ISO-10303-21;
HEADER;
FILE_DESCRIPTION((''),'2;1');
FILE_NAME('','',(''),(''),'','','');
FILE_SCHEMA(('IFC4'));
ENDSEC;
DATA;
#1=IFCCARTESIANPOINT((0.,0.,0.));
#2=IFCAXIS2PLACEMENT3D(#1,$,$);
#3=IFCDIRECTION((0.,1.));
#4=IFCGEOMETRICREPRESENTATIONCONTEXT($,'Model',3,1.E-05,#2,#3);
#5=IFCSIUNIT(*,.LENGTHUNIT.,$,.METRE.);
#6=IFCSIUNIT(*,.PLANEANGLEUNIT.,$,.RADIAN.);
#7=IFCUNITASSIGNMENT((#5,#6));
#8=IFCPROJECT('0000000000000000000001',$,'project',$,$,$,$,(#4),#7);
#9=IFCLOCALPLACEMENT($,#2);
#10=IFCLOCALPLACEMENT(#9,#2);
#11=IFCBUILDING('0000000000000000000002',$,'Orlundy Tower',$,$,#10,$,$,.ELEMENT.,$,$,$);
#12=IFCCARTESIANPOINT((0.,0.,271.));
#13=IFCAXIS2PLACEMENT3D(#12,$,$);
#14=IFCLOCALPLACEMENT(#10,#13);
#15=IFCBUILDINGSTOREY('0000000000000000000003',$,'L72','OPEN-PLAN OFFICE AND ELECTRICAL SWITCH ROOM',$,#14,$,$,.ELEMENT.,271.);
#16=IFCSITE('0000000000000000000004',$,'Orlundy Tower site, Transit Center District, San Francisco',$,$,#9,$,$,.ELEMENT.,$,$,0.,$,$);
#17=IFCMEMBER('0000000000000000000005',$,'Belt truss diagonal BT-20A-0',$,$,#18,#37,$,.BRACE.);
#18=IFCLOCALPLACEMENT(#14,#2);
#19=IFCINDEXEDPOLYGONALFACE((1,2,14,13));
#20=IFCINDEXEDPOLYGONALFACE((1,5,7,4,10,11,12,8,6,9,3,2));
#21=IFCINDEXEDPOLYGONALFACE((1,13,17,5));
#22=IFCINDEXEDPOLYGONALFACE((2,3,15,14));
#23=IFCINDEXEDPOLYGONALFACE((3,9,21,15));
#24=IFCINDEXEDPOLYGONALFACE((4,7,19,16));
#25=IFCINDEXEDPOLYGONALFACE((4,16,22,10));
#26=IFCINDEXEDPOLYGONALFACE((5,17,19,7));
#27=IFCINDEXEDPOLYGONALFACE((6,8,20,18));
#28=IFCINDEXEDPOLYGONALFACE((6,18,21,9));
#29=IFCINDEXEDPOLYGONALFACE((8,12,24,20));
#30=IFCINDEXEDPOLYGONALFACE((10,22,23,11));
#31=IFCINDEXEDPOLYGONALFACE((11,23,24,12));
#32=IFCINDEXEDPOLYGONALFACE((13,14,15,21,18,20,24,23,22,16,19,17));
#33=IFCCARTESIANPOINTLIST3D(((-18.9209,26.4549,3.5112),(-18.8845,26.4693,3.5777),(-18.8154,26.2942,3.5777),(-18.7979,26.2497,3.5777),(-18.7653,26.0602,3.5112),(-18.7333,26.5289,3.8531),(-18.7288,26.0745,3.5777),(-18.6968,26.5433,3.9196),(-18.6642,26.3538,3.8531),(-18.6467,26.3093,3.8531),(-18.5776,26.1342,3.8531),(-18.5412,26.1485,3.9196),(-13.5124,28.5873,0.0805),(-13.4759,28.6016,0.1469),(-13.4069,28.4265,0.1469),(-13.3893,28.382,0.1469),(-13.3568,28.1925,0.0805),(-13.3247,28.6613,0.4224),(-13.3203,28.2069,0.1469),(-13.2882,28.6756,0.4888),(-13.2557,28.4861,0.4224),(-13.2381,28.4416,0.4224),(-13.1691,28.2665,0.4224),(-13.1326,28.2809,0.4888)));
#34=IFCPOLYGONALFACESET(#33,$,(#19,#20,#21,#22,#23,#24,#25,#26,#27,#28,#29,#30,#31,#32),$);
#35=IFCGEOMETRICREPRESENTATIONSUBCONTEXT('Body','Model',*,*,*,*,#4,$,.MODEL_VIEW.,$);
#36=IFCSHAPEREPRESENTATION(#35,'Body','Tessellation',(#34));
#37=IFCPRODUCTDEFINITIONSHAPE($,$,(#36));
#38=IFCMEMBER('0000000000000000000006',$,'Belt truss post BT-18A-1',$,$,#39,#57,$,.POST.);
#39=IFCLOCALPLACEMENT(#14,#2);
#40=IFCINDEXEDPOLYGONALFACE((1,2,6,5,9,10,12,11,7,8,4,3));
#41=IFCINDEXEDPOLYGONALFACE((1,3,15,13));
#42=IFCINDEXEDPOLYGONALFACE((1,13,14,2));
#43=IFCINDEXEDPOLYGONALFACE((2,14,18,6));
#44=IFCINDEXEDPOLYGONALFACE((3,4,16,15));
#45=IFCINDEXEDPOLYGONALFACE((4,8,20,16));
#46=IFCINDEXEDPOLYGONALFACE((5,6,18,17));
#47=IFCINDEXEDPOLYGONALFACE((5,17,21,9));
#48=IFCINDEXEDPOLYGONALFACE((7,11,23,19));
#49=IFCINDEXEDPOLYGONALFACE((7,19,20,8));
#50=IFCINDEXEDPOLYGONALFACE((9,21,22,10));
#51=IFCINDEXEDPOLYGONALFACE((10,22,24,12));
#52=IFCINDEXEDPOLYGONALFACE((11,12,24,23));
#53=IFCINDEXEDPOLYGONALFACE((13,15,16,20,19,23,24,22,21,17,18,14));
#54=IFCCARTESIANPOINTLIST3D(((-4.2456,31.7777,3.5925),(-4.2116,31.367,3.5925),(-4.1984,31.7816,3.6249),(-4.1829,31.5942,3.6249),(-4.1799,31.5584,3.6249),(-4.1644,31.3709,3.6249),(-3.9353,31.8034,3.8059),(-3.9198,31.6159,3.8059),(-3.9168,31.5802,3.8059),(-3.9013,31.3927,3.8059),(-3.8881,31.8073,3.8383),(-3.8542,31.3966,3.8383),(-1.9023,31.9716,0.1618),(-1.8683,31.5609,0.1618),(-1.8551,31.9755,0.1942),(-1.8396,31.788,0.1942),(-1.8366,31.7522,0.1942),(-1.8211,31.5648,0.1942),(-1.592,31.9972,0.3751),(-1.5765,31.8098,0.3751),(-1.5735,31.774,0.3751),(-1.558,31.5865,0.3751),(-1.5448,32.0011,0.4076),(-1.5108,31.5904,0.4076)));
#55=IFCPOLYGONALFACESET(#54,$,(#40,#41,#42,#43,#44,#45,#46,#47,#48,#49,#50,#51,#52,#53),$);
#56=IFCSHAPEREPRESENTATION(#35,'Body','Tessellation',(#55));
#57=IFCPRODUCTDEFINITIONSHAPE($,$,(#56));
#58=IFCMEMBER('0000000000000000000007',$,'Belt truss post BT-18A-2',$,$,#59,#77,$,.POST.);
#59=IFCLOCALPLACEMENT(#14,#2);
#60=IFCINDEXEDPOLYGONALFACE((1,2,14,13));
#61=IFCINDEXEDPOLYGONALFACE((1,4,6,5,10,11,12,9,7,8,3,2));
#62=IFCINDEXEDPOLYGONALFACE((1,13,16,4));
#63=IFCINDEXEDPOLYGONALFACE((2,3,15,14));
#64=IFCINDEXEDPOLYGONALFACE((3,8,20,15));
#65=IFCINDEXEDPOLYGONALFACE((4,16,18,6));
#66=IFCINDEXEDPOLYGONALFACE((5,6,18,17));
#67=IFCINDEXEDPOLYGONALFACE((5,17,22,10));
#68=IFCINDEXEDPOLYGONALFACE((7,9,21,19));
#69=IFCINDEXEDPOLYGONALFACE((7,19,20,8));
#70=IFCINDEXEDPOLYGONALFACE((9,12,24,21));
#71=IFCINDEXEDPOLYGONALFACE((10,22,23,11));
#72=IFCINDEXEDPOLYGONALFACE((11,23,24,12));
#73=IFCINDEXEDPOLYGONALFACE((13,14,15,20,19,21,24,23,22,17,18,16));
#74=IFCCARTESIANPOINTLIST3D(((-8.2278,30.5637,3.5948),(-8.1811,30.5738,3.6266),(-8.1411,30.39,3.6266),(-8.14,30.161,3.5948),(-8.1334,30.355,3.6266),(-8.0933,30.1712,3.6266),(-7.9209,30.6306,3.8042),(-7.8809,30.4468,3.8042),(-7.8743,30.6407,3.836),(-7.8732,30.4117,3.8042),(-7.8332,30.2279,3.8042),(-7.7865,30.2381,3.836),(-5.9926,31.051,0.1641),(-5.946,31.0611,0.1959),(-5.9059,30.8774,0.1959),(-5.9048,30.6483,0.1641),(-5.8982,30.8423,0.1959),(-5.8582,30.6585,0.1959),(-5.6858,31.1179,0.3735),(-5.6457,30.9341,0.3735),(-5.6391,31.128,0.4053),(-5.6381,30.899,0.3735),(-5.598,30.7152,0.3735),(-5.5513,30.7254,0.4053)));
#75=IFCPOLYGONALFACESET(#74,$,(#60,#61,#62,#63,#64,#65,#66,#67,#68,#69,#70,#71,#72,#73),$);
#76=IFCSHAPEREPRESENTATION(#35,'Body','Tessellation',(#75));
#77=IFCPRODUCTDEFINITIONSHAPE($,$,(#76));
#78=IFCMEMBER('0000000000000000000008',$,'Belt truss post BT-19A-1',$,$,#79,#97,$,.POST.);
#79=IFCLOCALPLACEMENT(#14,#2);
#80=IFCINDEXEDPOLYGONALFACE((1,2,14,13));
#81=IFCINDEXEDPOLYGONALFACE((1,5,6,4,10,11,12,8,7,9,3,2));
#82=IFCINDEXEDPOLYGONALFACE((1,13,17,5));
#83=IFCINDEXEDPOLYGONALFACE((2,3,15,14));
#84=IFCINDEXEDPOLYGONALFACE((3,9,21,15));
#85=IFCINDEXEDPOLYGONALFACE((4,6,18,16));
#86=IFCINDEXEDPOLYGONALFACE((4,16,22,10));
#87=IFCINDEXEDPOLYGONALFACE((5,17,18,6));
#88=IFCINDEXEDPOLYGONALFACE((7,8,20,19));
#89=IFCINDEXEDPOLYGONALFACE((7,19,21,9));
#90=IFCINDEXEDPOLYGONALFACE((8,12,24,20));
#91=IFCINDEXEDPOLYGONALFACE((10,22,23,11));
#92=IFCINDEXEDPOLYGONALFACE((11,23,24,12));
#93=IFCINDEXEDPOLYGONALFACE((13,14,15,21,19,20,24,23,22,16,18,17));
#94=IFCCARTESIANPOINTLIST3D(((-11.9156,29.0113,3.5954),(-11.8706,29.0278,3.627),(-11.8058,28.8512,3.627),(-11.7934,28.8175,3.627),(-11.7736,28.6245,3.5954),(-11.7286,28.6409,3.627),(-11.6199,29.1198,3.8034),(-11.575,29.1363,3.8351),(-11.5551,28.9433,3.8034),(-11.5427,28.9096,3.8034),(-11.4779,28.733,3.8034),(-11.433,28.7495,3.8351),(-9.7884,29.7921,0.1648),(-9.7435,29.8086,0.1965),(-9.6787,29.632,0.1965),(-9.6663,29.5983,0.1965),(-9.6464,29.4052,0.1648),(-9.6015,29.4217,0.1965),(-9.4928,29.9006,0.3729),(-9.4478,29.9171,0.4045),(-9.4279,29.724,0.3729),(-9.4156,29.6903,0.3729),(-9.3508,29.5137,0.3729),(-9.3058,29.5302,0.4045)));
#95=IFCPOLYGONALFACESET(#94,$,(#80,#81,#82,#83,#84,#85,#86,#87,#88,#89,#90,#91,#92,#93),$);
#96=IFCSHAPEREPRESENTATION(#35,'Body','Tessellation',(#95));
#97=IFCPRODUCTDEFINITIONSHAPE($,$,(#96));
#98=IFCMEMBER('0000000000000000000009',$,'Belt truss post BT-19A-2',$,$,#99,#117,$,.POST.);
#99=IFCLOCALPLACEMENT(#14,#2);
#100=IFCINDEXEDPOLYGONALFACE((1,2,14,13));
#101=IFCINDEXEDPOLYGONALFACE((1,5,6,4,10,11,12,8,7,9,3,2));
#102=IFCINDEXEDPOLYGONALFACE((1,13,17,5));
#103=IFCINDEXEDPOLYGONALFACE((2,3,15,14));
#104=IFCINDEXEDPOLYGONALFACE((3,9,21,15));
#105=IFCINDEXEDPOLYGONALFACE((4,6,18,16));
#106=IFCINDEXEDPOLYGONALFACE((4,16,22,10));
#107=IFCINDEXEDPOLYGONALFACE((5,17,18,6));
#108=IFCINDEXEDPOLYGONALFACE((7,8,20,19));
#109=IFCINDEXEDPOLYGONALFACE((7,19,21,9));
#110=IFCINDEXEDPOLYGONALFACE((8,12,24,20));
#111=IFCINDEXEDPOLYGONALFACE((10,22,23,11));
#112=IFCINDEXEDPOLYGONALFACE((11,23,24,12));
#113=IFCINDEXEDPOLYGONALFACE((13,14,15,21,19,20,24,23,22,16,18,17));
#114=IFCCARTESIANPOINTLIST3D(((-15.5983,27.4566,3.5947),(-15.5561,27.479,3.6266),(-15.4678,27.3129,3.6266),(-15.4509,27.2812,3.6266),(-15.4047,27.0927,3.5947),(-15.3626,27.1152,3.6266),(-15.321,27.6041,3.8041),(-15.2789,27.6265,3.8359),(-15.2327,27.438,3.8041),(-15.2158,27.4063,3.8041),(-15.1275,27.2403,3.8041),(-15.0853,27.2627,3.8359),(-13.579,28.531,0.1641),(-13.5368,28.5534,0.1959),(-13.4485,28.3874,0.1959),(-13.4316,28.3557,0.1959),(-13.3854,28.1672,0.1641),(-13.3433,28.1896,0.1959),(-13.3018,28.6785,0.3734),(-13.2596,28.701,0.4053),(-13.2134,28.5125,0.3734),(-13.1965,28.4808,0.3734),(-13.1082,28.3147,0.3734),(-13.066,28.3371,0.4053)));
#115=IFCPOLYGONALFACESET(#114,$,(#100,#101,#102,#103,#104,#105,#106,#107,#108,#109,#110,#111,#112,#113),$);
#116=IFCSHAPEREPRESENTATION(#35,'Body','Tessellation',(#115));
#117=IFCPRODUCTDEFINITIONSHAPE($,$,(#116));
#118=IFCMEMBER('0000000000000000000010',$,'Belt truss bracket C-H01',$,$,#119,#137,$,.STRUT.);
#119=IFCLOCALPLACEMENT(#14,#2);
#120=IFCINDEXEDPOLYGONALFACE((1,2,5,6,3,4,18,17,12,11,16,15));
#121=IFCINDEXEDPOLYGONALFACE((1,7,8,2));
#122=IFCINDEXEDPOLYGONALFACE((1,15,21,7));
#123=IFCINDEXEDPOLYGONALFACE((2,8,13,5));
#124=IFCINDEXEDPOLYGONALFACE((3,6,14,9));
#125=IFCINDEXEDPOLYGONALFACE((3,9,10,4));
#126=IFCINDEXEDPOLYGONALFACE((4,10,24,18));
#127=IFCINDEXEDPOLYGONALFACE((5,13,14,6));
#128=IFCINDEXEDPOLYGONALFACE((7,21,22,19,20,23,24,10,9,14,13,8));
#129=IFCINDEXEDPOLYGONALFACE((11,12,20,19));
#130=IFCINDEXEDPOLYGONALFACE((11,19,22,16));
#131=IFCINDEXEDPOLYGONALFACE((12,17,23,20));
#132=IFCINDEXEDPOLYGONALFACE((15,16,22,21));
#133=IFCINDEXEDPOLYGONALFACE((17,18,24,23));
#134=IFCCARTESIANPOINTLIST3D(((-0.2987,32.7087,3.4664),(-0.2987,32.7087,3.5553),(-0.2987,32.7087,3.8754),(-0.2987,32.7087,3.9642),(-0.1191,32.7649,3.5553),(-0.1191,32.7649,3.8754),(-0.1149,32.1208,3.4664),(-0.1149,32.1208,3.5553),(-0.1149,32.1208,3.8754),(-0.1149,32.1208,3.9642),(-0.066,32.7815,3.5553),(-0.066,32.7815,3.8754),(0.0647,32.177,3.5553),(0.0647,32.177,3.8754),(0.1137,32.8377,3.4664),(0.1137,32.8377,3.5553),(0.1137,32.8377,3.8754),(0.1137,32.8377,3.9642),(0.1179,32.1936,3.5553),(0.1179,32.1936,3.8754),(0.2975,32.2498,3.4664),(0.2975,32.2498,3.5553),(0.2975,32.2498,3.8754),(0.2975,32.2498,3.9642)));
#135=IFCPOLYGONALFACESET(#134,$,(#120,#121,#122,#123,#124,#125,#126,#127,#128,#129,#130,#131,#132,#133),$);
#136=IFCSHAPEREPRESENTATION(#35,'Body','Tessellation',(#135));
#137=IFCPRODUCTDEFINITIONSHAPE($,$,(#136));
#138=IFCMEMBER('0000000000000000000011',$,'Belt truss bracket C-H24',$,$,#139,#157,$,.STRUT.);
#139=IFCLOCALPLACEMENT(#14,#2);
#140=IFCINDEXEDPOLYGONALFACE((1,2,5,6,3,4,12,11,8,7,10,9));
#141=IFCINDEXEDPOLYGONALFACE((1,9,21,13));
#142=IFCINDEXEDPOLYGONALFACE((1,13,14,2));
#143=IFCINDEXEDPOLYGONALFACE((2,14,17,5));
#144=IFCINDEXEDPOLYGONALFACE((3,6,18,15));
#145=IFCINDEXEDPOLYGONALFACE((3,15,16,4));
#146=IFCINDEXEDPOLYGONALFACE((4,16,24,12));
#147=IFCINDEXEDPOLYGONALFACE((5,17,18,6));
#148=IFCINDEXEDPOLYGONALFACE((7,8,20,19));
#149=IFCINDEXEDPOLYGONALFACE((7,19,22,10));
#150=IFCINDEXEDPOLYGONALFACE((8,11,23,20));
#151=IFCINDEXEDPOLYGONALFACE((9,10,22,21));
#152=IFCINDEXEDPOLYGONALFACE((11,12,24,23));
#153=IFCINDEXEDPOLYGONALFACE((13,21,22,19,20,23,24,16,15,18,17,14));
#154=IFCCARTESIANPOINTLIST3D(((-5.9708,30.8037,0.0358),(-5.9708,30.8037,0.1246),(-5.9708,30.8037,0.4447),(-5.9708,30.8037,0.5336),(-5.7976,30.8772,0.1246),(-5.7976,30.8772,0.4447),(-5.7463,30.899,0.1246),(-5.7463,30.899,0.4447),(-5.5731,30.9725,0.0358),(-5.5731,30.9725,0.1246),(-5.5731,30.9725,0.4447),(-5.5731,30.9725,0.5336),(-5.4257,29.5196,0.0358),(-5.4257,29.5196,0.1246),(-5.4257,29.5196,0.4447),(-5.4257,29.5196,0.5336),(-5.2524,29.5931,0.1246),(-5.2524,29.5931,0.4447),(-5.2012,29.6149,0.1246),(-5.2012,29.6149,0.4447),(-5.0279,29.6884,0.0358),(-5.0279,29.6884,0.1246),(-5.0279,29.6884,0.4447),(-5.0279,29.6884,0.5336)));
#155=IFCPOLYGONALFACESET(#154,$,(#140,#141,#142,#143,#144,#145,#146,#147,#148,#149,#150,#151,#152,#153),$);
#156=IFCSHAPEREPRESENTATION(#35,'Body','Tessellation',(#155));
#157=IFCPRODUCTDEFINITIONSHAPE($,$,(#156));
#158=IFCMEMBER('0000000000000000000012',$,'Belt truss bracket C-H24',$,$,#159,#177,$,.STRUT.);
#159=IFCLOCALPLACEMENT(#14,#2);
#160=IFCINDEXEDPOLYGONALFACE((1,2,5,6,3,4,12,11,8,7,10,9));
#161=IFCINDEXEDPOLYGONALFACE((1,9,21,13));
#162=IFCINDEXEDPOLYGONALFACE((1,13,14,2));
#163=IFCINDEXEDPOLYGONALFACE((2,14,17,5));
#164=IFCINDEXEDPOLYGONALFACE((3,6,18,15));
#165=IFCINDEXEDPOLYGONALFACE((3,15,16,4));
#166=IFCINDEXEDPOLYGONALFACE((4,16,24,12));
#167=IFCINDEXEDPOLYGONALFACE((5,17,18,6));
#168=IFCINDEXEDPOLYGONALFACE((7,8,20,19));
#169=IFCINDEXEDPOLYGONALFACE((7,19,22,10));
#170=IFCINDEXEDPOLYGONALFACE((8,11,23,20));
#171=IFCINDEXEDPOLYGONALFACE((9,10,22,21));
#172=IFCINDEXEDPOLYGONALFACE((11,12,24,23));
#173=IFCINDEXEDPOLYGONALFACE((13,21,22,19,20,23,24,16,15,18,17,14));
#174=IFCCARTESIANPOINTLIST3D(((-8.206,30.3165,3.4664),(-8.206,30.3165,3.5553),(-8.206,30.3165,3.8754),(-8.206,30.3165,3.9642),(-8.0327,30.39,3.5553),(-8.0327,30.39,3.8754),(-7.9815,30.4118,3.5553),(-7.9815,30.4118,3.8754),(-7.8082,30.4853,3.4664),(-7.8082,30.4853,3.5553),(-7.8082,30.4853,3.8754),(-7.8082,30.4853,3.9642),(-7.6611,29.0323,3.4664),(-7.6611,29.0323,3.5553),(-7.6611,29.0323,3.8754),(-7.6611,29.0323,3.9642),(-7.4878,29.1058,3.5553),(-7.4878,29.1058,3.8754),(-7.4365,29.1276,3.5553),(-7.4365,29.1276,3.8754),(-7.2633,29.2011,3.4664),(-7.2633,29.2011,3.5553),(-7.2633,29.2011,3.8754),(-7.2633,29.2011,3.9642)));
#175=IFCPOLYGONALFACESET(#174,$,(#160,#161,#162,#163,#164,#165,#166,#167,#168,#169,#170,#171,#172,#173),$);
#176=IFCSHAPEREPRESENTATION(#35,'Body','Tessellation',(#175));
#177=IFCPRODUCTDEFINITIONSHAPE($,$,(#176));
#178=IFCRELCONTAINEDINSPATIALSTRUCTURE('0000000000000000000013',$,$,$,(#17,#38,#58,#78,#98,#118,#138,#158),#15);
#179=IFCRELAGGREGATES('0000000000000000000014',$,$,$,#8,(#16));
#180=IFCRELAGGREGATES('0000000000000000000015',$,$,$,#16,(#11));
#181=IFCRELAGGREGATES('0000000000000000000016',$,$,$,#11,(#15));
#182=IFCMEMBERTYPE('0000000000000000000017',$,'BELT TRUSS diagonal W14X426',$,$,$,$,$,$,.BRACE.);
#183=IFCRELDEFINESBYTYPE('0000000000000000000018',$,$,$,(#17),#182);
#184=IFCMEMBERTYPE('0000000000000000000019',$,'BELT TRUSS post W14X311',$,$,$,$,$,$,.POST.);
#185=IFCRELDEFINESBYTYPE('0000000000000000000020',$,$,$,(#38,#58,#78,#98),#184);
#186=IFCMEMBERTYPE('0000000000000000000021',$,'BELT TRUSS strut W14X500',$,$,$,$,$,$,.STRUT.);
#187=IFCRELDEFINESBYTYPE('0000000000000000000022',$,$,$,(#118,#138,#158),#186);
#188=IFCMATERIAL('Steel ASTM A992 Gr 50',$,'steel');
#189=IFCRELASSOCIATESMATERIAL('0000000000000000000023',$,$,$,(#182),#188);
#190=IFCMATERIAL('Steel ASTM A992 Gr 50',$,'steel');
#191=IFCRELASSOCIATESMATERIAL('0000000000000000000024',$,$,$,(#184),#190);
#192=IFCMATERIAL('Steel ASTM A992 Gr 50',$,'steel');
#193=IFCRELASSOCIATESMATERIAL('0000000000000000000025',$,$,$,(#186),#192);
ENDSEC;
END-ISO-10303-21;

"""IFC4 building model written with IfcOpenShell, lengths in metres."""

from ifc_helpers import new_model, si_unit, direction, frame, origin, origin_2d, place, context, subcontext, project, spatial, i_section, extrude, material, material_profile, profile_set, type_object, element, save


model = new_model("IFC4")

# Units and contexts
model_context = context("Model", 3, precision=1e-05, world=origin(), true_north=direction((0.0, 1.0)))
body_context = subcontext(model_context, "Body", "Model", "MODEL_VIEW")
ifc_project = project(units=[si_unit("LENGTHUNIT", "METRE"), si_unit("PLANEANGLEUNIT", "RADIAN")], contexts=[model_context])

# Site, building, storey
site_placement = place(None, origin())
site = spatial("IfcSite", under=ifc_project, at=site_placement, Name="Orlundy Tower site, Transit Center District, San Francisco", CompositionType="ELEMENT", RefElevation=0.0)
building_placement = place(site_placement, origin())
building = spatial("IfcBuilding", under=site, at=building_placement, Name="Orlundy Tower", CompositionType="ELEMENT")
storey_placement = place(building_placement, frame((0.0, 0.0, 271.0)))
storey = spatial("IfcBuildingStorey", under=building, at=storey_placement, Name="L72", Description="OPEN-PLAN OFFICE AND ELECTRICAL SWITCH ROOM", CompositionType="ELEMENT", Elevation=271.0)

# Members
ifc_material_1 = material(Name="Steel ASTM A992 Gr 50", Category="steel")
ifc_material_profile_1 = material_profile(ifc_material_1, i_section(OverallWidth=0.4243, OverallDepth=0.4741, WebThickness=0.0479, FlangeThickness=0.0771, at=origin_2d()), Name="W14X426")
ifc_profile_set_1 = profile_set([ifc_material_profile_1], Name="Steel ASTM A992 Gr 50")
member_type_1 = type_object("IfcMemberType", Name="BELT TRUSS diagonal W14X426", PredefinedType="BRACE", material=ifc_profile_set_1)
member_1_placement = place(storey_placement, frame((-13.3225, 28.4341, 0.2847), z_axis=(-0.801207, -0.315882, 0.508218), x_axis=(0.366781, -0.930307, 0.0)))
element("IfcMember", 1, at=member_1_placement, inside=storey, type_object=member_type_1, Name="Belt truss diagonal BT-20A-0", PredefinedType="BRACE", context=body_context, shape_type="SweptSolid", body=[
    extrude(i_section(OverallWidth=0.4243, OverallDepth=0.4741, WebThickness=0.0479, FlangeThickness=0.0771, at=origin_2d()), origin(), (0.0, 0.0, 1.0), 6.7505),
])
ifc_material_2 = material(Name="Steel ASTM A992 Gr 50", Category="steel")
ifc_material_profile_2 = material_profile(ifc_material_2, i_section(OverallWidth=0.4121, OverallDepth=0.4348, WebThickness=0.0359, FlangeThickness=0.0574, at=origin_2d()), Name="W14X311")
ifc_profile_set_2 = profile_set([ifc_material_profile_2], Name="Steel ASTM A992 Gr 50")
member_type_2 = type_object("IfcMemberType", Name="BELT TRUSS post W14X311", PredefinedType="POST", material=ifc_profile_set_2)
member_2_placement = place(storey_placement, frame((-1.7065, 31.781, 0.2847), z_axis=(-0.563409, -0.046608, 0.824862), x_axis=(0.082444, -0.996596, 0.0)))
element("IfcMember", 2, at=member_2_placement, inside=storey, type_object=member_type_2, Name="Belt truss post BT-18A-1", PredefinedType="POST", context=body_context, shape_type="SweptSolid", body=[
    extrude(i_section(OverallWidth=0.4121, OverallDepth=0.4348, WebThickness=0.0359, FlangeThickness=0.0574, at=origin_2d()), origin(), (0.0, 0.0, 1.0), 4.1592),
])
member_3_placement = place(storey_placement, frame((-5.772, 30.8882, 0.2847), z_axis=(-0.542051, -0.11818, 0.831994), x_axis=(0.213019, -0.977048, 0.0)))
element("IfcMember", 3, at=member_3_placement, inside=storey, type_object=member_type_2, Name="Belt truss post BT-18A-2", PredefinedType="POST", context=body_context, shape_type="SweptSolid", body=[
    extrude(i_section(OverallWidth=0.4121, OverallDepth=0.4348, WebThickness=0.0359, FlangeThickness=0.0574, at=origin_2d()), origin(), (0.0, 0.0, 1.0), 4.1235),
])
member_4_placement = place(storey_placement, frame((-9.5471, 29.6611, 0.2847), z_axis=(-0.517384, -0.189899, 0.834417), x_axis=(0.344562, -0.938764, 0.0)))
element("IfcMember", 4, at=member_4_placement, inside=storey, type_object=member_type_2, Name="Belt truss post BT-19A-1", PredefinedType="POST", context=body_context, shape_type="SweptSolid", body=[
    extrude(i_section(OverallWidth=0.4121, OverallDepth=0.4348, WebThickness=0.0359, FlangeThickness=0.0574, at=origin_2d()), origin(), (0.0, 0.0, 1.0), 4.1113),
])
member_5_placement = place(storey_placement, frame((-13.3225, 28.4341, 0.2847), z_axis=(-0.489728, -0.260584, 0.832023), x_axis=(0.46974, -0.882805, 0.0)))
element("IfcMember", 5, at=member_5_placement, inside=storey, type_object=member_type_2, Name="Belt truss post BT-19A-2", PredefinedType="POST", context=body_context, shape_type="SweptSolid", body=[
    extrude(i_section(OverallWidth=0.4121, OverallDepth=0.4348, WebThickness=0.0359, FlangeThickness=0.0574, at=origin_2d()), origin(), (0.0, 0.0, 1.0), 4.1233),
])
ifc_material_3 = material(Name="Steel ASTM A992 Gr 50", Category="steel")
ifc_material_profile_3 = material_profile(ifc_material_3, i_section(OverallWidth=0.4321, OverallDepth=0.4978, WebThickness=0.0557, FlangeThickness=0.0889, at=origin_2d()), Name="W14X500")
ifc_profile_set_3 = profile_set([ifc_material_profile_3], Name="Steel ASTM A992 Gr 50")
member_type_3 = type_object("IfcMemberType", Name="BELT TRUSS strut W14X500", PredefinedType="STRUT", material=ifc_profile_set_3)
member_6_placement = place(storey_placement, frame((0.0913, 32.1853, 3.7153), z_axis=(-0.298456, 0.954424, 0.0), x_axis=(-0.954424, -0.298456, 0.0)))
element("IfcMember", 6, at=member_6_placement, inside=storey, type_object=member_type_3, Name="Belt truss bracket C-H01", PredefinedType="STRUT", context=body_context, shape_type="SweptSolid", body=[
    extrude(i_section(OverallWidth=0.4321, OverallDepth=0.4978, WebThickness=0.0557, FlangeThickness=0.0889, at=origin_2d()), origin(), (0.0, 0.0, 1.0), 0.616),
])
for number, where, z_axis, x_axis, name in (
    (7, (-5.2268, 29.604, 0.2847), (-0.39077, 0.920488, 0.0), (-0.920488, -0.39077, 0.0), "Belt truss bracket C-H24"),
    (8, (-7.4622, 29.1167, 3.7153), (-0.390622, 0.920551, 0.0), (-0.920551, -0.390622, 0.0), "Belt truss bracket C-H24"),
):
    element("IfcMember", number, at=place(storey_placement, frame(where, z_axis=z_axis, x_axis=x_axis)), inside=storey, type_object=member_type_3, Name=name, PredefinedType="STRUT", context=body_context, shape_type="SweptSolid", body=[
        extrude(i_section(OverallWidth=0.4321, OverallDepth=0.4978, WebThickness=0.0557, FlangeThickness=0.0889, at=origin_2d()), origin(), (0.0, 0.0, 1.0), 1.395),
    ])

save(model, "model.ifc")
